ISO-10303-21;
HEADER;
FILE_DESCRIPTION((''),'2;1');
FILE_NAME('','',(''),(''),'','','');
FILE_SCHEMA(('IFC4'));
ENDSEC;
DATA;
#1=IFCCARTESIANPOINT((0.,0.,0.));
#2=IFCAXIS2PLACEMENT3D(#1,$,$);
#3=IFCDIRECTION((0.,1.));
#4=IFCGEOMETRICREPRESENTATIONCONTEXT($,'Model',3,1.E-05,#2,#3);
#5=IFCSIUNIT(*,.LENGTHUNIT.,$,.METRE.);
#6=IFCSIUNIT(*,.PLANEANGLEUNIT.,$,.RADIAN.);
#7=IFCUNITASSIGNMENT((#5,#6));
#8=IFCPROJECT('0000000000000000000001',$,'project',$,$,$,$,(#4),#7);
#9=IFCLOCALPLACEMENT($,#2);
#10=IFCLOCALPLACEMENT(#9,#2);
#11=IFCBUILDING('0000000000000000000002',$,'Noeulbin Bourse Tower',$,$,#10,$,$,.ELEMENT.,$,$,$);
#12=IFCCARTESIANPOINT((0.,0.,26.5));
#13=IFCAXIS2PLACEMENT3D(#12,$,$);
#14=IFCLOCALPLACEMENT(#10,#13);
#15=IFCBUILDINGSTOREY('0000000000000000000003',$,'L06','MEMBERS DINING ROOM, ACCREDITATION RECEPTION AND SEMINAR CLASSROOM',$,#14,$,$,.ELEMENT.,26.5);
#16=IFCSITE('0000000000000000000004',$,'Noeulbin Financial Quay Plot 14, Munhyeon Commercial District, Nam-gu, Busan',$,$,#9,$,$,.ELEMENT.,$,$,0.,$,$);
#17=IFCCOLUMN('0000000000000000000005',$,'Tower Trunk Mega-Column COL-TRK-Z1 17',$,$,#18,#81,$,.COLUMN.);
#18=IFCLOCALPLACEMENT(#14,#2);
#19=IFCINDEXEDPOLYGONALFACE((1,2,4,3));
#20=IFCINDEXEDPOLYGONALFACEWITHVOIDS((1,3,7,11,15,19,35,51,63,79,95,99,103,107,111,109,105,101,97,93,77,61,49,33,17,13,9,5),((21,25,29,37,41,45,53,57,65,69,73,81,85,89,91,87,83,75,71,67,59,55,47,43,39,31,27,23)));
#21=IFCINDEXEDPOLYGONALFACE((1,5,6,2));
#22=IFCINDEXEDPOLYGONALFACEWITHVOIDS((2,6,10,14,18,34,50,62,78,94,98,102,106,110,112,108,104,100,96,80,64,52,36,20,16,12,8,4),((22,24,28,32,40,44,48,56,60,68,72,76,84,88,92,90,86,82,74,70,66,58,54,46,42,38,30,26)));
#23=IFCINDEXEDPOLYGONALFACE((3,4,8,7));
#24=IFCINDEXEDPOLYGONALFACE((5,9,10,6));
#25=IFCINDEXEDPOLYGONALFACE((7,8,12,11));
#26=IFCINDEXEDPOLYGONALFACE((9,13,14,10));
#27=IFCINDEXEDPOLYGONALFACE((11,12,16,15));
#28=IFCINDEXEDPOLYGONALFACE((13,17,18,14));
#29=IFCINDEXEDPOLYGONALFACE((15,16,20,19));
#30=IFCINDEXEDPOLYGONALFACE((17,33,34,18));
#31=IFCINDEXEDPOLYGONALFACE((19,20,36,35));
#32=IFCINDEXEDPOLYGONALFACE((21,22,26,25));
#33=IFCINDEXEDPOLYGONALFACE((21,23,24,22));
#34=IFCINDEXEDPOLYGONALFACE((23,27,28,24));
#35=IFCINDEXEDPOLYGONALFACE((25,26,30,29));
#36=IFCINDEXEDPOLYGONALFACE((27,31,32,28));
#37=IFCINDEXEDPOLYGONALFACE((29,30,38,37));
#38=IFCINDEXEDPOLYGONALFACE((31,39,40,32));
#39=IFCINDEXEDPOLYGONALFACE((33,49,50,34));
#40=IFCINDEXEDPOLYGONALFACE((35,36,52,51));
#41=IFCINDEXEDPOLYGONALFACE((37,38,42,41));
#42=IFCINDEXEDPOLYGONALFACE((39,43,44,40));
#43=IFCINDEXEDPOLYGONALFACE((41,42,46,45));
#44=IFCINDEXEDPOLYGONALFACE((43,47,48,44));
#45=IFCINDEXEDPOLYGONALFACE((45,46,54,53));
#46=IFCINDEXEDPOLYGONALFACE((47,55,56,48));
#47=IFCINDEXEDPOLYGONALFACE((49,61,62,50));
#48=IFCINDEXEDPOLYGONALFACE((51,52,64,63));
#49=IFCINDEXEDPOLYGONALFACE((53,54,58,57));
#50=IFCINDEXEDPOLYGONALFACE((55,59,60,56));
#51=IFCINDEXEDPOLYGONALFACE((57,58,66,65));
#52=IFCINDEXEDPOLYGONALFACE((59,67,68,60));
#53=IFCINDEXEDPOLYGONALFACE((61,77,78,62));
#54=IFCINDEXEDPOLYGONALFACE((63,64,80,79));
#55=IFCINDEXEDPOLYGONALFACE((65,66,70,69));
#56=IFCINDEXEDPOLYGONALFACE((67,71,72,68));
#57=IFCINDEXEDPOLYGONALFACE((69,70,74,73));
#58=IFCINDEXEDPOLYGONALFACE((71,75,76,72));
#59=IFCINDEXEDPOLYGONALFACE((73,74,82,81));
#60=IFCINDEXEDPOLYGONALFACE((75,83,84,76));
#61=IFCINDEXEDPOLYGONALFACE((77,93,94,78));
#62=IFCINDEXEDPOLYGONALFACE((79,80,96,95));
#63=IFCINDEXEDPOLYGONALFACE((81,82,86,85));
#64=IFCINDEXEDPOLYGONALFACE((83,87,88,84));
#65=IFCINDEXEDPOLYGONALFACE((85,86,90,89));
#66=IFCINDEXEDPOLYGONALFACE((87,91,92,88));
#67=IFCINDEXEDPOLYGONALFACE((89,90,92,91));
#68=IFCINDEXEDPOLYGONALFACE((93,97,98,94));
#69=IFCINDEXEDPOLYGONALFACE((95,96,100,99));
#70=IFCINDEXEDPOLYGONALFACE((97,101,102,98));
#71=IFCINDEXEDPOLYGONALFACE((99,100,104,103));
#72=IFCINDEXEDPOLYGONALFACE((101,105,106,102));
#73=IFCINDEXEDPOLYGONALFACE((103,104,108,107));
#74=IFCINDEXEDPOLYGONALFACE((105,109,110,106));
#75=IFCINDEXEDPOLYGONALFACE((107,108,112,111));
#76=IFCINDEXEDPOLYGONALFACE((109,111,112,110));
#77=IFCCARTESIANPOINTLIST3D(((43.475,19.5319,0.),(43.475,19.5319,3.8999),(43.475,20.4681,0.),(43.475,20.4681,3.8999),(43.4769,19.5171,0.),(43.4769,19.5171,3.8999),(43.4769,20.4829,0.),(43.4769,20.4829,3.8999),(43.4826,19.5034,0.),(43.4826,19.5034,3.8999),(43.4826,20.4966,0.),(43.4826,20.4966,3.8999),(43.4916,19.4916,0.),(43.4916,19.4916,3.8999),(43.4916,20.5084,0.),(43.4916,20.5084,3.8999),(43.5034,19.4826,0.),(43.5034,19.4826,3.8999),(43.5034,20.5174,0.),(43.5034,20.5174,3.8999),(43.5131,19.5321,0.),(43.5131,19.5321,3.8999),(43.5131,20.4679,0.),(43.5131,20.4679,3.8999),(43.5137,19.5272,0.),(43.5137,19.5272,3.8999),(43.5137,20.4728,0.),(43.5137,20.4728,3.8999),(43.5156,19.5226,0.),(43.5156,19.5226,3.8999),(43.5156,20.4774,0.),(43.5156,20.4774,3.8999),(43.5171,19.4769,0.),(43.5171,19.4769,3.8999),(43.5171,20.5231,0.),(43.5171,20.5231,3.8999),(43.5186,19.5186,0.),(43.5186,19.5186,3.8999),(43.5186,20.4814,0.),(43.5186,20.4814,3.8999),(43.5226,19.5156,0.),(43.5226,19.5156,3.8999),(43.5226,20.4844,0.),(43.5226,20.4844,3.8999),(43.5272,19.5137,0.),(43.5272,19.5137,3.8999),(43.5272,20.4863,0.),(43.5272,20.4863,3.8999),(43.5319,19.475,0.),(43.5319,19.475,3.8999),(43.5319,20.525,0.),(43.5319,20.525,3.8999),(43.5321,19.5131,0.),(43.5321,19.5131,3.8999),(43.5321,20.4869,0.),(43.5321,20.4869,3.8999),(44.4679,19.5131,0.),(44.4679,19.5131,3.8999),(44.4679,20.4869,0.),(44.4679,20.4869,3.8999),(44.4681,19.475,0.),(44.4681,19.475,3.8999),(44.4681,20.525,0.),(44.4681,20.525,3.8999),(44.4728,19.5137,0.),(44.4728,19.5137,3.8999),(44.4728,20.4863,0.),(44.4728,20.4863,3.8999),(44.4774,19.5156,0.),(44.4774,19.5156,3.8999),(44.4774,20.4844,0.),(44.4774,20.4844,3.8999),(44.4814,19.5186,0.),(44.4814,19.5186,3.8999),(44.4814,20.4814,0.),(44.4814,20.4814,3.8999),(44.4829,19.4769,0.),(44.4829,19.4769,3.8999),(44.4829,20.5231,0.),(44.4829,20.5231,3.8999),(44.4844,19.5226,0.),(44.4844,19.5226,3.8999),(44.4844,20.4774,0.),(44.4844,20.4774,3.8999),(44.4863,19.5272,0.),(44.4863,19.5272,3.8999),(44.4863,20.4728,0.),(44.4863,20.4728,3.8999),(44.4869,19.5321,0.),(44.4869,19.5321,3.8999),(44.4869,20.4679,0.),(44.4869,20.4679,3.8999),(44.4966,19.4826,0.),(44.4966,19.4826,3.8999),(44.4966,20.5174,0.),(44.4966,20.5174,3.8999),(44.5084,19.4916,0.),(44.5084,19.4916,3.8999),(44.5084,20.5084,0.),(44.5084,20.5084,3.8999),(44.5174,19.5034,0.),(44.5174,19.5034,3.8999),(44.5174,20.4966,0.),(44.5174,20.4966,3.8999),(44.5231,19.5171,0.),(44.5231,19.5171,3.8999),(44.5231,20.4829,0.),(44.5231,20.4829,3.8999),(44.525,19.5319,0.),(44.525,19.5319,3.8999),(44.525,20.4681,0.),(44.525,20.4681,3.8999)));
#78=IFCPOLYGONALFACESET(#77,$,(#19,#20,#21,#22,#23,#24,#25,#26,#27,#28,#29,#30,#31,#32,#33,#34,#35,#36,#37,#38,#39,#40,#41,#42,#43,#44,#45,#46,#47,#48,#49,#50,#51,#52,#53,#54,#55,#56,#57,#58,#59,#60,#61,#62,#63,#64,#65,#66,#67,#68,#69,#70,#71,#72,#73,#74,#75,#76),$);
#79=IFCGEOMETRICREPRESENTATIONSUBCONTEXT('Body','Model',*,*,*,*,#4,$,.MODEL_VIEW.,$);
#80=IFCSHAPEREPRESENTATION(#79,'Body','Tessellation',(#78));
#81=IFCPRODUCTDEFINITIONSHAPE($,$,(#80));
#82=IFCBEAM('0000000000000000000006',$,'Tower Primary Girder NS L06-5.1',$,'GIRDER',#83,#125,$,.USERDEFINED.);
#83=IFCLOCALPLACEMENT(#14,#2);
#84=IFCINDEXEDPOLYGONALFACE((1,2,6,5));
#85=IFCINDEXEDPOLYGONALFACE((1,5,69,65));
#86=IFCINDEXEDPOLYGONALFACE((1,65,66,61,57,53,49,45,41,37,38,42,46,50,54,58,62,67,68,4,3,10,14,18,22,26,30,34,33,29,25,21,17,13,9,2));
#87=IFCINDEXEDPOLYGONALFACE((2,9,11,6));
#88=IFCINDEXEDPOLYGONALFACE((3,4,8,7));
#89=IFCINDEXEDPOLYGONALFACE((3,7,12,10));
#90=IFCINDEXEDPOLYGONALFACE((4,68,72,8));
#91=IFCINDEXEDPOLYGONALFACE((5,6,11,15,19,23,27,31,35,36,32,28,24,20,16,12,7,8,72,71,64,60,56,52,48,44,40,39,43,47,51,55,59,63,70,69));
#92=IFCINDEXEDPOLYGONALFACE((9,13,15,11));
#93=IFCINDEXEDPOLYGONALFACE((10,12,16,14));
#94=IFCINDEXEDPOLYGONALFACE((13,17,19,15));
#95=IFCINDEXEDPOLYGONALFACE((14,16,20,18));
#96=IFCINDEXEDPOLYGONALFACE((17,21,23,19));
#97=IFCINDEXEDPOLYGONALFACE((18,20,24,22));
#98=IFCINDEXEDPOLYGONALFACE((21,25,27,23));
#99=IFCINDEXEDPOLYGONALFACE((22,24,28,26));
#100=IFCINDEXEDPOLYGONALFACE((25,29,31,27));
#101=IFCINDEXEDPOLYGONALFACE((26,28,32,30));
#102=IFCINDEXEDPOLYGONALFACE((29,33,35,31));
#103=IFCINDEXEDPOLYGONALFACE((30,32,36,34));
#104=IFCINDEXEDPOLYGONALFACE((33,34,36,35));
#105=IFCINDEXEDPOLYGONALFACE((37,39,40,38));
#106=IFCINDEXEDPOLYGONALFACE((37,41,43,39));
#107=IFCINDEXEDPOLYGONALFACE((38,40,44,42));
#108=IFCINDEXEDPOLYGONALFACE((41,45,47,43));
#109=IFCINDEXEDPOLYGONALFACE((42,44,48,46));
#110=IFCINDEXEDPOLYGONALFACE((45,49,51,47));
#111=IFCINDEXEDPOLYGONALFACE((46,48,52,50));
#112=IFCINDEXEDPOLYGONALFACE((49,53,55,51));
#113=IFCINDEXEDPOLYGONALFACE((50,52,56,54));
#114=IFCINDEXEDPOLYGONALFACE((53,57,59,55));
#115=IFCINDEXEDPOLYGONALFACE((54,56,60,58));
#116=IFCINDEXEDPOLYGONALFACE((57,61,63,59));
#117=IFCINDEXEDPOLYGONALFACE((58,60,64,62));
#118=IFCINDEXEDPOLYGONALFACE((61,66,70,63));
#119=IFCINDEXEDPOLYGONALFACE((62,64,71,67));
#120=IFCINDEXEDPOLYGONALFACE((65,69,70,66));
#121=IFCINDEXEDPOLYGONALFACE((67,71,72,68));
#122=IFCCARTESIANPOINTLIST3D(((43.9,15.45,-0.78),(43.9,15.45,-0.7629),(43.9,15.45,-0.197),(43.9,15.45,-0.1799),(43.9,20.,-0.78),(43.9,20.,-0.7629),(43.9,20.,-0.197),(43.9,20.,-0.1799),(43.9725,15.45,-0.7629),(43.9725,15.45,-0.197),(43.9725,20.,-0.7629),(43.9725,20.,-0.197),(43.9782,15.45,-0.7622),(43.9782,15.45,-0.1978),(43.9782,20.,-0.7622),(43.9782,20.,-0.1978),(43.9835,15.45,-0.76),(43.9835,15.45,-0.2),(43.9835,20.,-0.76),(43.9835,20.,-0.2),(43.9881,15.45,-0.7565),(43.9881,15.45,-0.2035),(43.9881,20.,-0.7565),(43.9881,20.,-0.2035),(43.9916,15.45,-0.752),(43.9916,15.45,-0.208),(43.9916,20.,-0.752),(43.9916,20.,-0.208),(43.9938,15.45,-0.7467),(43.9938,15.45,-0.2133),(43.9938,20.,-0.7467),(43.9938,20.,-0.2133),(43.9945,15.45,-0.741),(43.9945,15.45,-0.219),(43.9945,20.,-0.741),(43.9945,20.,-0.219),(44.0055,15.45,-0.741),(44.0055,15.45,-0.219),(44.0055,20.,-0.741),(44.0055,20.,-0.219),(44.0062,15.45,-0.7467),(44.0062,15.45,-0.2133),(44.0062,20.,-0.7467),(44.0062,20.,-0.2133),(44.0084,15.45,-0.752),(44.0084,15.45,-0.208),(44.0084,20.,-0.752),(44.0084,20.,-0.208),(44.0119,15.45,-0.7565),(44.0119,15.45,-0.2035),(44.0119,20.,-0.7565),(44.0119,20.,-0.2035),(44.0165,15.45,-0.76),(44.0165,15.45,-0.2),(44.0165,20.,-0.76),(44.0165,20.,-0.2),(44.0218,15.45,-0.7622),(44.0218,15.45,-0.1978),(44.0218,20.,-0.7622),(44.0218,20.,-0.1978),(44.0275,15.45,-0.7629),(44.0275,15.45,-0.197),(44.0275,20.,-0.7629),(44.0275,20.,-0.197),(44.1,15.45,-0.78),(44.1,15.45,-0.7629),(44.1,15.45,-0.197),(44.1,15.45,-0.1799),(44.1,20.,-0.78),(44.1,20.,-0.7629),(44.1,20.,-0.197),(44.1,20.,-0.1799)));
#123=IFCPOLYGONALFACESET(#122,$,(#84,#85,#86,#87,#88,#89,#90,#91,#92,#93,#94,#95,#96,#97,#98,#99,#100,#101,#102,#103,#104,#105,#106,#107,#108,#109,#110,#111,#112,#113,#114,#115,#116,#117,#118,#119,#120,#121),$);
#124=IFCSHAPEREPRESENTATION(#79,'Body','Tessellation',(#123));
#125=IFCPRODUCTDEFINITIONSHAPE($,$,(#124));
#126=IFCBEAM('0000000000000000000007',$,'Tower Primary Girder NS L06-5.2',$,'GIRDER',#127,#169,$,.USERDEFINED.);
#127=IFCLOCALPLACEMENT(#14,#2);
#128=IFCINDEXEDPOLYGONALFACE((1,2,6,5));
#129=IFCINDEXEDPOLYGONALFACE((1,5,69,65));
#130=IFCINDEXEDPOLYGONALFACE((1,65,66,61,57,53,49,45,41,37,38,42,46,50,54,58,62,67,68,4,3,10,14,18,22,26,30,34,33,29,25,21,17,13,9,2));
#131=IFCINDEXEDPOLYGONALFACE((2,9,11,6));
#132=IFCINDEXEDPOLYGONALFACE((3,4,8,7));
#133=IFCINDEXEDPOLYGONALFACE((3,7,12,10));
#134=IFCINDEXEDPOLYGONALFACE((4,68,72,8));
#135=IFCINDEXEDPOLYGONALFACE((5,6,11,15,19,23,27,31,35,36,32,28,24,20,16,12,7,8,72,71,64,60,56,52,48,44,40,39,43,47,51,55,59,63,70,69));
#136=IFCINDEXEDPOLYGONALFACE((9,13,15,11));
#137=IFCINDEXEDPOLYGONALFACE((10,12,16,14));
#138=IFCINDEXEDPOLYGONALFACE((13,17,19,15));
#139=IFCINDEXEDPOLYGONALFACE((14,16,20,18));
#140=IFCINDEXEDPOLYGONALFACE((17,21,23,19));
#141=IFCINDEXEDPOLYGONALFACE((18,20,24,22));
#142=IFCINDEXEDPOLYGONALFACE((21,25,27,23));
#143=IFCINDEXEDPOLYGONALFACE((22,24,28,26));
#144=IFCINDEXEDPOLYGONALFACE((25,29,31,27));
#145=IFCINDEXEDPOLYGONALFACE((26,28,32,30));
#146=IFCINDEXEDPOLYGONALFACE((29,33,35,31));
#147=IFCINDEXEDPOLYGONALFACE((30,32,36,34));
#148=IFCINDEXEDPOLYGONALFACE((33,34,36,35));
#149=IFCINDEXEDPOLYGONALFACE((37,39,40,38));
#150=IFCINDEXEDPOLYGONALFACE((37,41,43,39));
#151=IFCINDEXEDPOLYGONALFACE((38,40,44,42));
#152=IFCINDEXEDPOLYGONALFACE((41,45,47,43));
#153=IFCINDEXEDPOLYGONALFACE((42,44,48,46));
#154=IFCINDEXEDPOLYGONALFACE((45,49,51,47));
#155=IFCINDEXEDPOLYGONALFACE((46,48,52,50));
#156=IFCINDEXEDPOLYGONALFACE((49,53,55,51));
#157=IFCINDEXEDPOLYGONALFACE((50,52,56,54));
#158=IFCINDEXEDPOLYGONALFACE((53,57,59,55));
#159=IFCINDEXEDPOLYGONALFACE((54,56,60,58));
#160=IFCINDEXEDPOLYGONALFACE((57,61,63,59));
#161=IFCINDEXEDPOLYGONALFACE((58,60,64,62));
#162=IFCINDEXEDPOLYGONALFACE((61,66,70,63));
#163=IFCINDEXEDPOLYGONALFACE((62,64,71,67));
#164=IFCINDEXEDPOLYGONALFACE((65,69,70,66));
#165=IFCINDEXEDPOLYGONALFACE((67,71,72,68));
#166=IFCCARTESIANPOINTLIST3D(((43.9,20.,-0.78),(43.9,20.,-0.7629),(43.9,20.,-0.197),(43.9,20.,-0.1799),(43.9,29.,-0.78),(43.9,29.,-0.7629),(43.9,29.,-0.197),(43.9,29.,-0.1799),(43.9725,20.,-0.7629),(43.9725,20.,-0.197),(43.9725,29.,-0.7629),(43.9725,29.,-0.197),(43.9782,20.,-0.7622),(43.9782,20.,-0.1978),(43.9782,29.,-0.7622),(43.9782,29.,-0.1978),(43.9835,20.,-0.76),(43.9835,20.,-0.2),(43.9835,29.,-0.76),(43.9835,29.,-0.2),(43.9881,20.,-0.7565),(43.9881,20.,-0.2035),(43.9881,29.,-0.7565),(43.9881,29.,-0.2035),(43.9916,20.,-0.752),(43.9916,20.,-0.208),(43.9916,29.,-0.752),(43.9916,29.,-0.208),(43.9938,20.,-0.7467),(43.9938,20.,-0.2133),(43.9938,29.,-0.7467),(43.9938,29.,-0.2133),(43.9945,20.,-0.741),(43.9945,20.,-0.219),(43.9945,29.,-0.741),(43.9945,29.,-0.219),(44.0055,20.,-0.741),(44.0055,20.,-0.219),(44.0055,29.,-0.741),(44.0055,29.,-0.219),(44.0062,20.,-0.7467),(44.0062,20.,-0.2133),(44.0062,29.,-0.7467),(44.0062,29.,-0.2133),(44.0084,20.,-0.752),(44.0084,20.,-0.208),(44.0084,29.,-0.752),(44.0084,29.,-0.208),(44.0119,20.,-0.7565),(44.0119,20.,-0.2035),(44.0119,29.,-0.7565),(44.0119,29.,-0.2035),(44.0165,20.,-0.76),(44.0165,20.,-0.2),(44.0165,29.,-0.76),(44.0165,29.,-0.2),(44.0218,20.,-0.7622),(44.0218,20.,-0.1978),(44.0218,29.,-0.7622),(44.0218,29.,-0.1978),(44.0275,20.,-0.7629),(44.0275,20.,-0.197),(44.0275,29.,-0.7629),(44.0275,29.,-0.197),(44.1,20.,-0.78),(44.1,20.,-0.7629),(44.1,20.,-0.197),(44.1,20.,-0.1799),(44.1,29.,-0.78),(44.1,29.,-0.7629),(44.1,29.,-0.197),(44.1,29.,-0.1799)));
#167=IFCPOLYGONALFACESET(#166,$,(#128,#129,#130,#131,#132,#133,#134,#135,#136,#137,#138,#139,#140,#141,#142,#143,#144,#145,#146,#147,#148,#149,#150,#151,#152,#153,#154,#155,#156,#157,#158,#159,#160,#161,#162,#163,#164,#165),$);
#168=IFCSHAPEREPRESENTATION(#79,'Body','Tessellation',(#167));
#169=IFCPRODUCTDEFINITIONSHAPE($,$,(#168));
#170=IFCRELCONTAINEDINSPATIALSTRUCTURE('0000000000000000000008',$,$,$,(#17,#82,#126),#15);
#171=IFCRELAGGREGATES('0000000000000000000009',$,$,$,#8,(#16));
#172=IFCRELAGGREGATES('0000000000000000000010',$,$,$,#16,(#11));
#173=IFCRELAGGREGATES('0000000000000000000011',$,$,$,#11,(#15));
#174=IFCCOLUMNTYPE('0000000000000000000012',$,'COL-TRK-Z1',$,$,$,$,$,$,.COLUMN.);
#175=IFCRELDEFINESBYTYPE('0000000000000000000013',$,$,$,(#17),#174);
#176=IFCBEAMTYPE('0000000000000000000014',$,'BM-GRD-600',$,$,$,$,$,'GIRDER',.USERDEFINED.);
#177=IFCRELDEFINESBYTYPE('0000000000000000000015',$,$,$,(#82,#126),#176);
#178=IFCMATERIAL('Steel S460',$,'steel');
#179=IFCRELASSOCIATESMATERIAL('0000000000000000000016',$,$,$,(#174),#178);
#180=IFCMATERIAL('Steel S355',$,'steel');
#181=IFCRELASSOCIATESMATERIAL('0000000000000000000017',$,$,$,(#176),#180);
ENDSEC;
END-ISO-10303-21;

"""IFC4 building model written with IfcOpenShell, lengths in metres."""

from ifc_helpers import new_model, si_unit, direction, frame, origin, origin_2d, place, context, subcontext, project, spatial, hollow_rectangle, i_section, extrude, material, material_profile, profile_set, type_object, element, save


model = new_model("IFC4")

# Units and contexts
model_context = context("Model", 3, precision=1e-05, world=origin(), true_north=direction((0.0, 1.0)))
body_context = subcontext(model_context, "Body", "Model", "MODEL_VIEW")
ifc_project = project(units=[si_unit("LENGTHUNIT", "METRE"), si_unit("PLANEANGLEUNIT", "RADIAN")], contexts=[model_context])

# Site, building, storey
site_placement = place(None, origin())
site = spatial("IfcSite", under=ifc_project, at=site_placement, Name="Noeulbin Financial Quay Plot 14, Munhyeon Commercial District, Nam-gu, Busan", CompositionType="ELEMENT", RefElevation=0.0)
building_placement = place(site_placement, origin())
building = spatial("IfcBuilding", under=site, at=building_placement, Name="Noeulbin Bourse Tower", CompositionType="ELEMENT")
storey_placement = place(building_placement, frame((0.0, 0.0, 26.5)))
storey = spatial("IfcBuildingStorey", under=building, at=storey_placement, Name="L06", Description="MEMBERS DINING ROOM, ACCREDITATION RECEPTION AND SEMINAR CLASSROOM", CompositionType="ELEMENT", Elevation=26.5)

# Column
ifc_material_1 = material(Name="Steel S460", Category="steel")
ifc_material_profile_1 = material_profile(ifc_material_1, hollow_rectangle(XDim=1.05, YDim=1.05, WallThickness=0.0381, InnerFilletRadius=0.019, OuterFilletRadius=0.0569, at=origin_2d()), Name="BOX-1050x1050x38", Category="LoadBearing")
ifc_profile_set_1 = profile_set([ifc_material_profile_1], Name="Steel S460")
column_type_1 = type_object("IfcColumnType", Name="COL-TRK-Z1", PredefinedType="COLUMN", material=ifc_profile_set_1)
column_placement = place(storey_placement, frame((44.0, 20.0, 0.0), z_axis=(0.0, 0.0, 1.0), x_axis=(1.0, 0.0, 0.0)))
element("IfcColumn", 1, at=column_placement, inside=storey, type_object=column_type_1, Name="Tower Trunk Mega-Column COL-TRK-Z1 17", PredefinedType="COLUMN", context=body_context, shape_type="SweptSolid", body=[
    extrude(hollow_rectangle(XDim=1.05, YDim=1.05, WallThickness=0.0381, InnerFilletRadius=0.019, OuterFilletRadius=0.0569, at=origin_2d()), origin(), (0.0, 0.0, 1.0), 3.8999),
])

# Beams
ifc_material_2 = material(Name="Steel S355", Category="steel")
ifc_material_profile_2 = material_profile(ifc_material_2, i_section(OverallWidth=0.2, OverallDepth=0.6001, WebThickness=0.011, FlangeThickness=0.0171, FilletRadius=0.022, at=origin_2d()), Name="H-600x200x11x17", Category="LoadBearing")
ifc_profile_set_2 = profile_set([ifc_material_profile_2], Name="Steel S355")
beam_type_1 = type_object("IfcBeamType", Name="BM-GRD-600", ElementType="GIRDER", PredefinedType="USERDEFINED", material=ifc_profile_set_2)
beam_1_placement = place(storey_placement, frame((44.0, 15.45, -0.48), z_axis=(0.0, 1.0, 0.0), x_axis=(-1.0, 0.0, 0.0)))
element("IfcBeam", 2, at=beam_1_placement, inside=storey, type_object=beam_type_1, Name="Tower Primary Girder NS L06-5.1", ObjectType="GIRDER", PredefinedType="USERDEFINED", context=body_context, shape_type="SweptSolid", body=[
    extrude(i_section(OverallWidth=0.2, OverallDepth=0.6001, WebThickness=0.011, FlangeThickness=0.0171, FilletRadius=0.022, at=origin_2d()), origin(), (0.0, 0.0, 1.0), 4.55),
])
beam_2_placement = place(storey_placement, frame((44.0, 20.0, -0.48), z_axis=(0.0, 1.0, 0.0), x_axis=(-1.0, 0.0, 0.0)))
element("IfcBeam", 3, at=beam_2_placement, inside=storey, type_object=beam_type_1, Name="Tower Primary Girder NS L06-5.2", ObjectType="GIRDER", PredefinedType="USERDEFINED", context=body_context, shape_type="SweptSolid", body=[
    extrude(i_section(OverallWidth=0.2, OverallDepth=0.6001, WebThickness=0.011, FlangeThickness=0.0171, FilletRadius=0.022, at=origin_2d()), origin(), (0.0, 0.0, 1.0), 9.0),
])

save(model, "model.ifc")
